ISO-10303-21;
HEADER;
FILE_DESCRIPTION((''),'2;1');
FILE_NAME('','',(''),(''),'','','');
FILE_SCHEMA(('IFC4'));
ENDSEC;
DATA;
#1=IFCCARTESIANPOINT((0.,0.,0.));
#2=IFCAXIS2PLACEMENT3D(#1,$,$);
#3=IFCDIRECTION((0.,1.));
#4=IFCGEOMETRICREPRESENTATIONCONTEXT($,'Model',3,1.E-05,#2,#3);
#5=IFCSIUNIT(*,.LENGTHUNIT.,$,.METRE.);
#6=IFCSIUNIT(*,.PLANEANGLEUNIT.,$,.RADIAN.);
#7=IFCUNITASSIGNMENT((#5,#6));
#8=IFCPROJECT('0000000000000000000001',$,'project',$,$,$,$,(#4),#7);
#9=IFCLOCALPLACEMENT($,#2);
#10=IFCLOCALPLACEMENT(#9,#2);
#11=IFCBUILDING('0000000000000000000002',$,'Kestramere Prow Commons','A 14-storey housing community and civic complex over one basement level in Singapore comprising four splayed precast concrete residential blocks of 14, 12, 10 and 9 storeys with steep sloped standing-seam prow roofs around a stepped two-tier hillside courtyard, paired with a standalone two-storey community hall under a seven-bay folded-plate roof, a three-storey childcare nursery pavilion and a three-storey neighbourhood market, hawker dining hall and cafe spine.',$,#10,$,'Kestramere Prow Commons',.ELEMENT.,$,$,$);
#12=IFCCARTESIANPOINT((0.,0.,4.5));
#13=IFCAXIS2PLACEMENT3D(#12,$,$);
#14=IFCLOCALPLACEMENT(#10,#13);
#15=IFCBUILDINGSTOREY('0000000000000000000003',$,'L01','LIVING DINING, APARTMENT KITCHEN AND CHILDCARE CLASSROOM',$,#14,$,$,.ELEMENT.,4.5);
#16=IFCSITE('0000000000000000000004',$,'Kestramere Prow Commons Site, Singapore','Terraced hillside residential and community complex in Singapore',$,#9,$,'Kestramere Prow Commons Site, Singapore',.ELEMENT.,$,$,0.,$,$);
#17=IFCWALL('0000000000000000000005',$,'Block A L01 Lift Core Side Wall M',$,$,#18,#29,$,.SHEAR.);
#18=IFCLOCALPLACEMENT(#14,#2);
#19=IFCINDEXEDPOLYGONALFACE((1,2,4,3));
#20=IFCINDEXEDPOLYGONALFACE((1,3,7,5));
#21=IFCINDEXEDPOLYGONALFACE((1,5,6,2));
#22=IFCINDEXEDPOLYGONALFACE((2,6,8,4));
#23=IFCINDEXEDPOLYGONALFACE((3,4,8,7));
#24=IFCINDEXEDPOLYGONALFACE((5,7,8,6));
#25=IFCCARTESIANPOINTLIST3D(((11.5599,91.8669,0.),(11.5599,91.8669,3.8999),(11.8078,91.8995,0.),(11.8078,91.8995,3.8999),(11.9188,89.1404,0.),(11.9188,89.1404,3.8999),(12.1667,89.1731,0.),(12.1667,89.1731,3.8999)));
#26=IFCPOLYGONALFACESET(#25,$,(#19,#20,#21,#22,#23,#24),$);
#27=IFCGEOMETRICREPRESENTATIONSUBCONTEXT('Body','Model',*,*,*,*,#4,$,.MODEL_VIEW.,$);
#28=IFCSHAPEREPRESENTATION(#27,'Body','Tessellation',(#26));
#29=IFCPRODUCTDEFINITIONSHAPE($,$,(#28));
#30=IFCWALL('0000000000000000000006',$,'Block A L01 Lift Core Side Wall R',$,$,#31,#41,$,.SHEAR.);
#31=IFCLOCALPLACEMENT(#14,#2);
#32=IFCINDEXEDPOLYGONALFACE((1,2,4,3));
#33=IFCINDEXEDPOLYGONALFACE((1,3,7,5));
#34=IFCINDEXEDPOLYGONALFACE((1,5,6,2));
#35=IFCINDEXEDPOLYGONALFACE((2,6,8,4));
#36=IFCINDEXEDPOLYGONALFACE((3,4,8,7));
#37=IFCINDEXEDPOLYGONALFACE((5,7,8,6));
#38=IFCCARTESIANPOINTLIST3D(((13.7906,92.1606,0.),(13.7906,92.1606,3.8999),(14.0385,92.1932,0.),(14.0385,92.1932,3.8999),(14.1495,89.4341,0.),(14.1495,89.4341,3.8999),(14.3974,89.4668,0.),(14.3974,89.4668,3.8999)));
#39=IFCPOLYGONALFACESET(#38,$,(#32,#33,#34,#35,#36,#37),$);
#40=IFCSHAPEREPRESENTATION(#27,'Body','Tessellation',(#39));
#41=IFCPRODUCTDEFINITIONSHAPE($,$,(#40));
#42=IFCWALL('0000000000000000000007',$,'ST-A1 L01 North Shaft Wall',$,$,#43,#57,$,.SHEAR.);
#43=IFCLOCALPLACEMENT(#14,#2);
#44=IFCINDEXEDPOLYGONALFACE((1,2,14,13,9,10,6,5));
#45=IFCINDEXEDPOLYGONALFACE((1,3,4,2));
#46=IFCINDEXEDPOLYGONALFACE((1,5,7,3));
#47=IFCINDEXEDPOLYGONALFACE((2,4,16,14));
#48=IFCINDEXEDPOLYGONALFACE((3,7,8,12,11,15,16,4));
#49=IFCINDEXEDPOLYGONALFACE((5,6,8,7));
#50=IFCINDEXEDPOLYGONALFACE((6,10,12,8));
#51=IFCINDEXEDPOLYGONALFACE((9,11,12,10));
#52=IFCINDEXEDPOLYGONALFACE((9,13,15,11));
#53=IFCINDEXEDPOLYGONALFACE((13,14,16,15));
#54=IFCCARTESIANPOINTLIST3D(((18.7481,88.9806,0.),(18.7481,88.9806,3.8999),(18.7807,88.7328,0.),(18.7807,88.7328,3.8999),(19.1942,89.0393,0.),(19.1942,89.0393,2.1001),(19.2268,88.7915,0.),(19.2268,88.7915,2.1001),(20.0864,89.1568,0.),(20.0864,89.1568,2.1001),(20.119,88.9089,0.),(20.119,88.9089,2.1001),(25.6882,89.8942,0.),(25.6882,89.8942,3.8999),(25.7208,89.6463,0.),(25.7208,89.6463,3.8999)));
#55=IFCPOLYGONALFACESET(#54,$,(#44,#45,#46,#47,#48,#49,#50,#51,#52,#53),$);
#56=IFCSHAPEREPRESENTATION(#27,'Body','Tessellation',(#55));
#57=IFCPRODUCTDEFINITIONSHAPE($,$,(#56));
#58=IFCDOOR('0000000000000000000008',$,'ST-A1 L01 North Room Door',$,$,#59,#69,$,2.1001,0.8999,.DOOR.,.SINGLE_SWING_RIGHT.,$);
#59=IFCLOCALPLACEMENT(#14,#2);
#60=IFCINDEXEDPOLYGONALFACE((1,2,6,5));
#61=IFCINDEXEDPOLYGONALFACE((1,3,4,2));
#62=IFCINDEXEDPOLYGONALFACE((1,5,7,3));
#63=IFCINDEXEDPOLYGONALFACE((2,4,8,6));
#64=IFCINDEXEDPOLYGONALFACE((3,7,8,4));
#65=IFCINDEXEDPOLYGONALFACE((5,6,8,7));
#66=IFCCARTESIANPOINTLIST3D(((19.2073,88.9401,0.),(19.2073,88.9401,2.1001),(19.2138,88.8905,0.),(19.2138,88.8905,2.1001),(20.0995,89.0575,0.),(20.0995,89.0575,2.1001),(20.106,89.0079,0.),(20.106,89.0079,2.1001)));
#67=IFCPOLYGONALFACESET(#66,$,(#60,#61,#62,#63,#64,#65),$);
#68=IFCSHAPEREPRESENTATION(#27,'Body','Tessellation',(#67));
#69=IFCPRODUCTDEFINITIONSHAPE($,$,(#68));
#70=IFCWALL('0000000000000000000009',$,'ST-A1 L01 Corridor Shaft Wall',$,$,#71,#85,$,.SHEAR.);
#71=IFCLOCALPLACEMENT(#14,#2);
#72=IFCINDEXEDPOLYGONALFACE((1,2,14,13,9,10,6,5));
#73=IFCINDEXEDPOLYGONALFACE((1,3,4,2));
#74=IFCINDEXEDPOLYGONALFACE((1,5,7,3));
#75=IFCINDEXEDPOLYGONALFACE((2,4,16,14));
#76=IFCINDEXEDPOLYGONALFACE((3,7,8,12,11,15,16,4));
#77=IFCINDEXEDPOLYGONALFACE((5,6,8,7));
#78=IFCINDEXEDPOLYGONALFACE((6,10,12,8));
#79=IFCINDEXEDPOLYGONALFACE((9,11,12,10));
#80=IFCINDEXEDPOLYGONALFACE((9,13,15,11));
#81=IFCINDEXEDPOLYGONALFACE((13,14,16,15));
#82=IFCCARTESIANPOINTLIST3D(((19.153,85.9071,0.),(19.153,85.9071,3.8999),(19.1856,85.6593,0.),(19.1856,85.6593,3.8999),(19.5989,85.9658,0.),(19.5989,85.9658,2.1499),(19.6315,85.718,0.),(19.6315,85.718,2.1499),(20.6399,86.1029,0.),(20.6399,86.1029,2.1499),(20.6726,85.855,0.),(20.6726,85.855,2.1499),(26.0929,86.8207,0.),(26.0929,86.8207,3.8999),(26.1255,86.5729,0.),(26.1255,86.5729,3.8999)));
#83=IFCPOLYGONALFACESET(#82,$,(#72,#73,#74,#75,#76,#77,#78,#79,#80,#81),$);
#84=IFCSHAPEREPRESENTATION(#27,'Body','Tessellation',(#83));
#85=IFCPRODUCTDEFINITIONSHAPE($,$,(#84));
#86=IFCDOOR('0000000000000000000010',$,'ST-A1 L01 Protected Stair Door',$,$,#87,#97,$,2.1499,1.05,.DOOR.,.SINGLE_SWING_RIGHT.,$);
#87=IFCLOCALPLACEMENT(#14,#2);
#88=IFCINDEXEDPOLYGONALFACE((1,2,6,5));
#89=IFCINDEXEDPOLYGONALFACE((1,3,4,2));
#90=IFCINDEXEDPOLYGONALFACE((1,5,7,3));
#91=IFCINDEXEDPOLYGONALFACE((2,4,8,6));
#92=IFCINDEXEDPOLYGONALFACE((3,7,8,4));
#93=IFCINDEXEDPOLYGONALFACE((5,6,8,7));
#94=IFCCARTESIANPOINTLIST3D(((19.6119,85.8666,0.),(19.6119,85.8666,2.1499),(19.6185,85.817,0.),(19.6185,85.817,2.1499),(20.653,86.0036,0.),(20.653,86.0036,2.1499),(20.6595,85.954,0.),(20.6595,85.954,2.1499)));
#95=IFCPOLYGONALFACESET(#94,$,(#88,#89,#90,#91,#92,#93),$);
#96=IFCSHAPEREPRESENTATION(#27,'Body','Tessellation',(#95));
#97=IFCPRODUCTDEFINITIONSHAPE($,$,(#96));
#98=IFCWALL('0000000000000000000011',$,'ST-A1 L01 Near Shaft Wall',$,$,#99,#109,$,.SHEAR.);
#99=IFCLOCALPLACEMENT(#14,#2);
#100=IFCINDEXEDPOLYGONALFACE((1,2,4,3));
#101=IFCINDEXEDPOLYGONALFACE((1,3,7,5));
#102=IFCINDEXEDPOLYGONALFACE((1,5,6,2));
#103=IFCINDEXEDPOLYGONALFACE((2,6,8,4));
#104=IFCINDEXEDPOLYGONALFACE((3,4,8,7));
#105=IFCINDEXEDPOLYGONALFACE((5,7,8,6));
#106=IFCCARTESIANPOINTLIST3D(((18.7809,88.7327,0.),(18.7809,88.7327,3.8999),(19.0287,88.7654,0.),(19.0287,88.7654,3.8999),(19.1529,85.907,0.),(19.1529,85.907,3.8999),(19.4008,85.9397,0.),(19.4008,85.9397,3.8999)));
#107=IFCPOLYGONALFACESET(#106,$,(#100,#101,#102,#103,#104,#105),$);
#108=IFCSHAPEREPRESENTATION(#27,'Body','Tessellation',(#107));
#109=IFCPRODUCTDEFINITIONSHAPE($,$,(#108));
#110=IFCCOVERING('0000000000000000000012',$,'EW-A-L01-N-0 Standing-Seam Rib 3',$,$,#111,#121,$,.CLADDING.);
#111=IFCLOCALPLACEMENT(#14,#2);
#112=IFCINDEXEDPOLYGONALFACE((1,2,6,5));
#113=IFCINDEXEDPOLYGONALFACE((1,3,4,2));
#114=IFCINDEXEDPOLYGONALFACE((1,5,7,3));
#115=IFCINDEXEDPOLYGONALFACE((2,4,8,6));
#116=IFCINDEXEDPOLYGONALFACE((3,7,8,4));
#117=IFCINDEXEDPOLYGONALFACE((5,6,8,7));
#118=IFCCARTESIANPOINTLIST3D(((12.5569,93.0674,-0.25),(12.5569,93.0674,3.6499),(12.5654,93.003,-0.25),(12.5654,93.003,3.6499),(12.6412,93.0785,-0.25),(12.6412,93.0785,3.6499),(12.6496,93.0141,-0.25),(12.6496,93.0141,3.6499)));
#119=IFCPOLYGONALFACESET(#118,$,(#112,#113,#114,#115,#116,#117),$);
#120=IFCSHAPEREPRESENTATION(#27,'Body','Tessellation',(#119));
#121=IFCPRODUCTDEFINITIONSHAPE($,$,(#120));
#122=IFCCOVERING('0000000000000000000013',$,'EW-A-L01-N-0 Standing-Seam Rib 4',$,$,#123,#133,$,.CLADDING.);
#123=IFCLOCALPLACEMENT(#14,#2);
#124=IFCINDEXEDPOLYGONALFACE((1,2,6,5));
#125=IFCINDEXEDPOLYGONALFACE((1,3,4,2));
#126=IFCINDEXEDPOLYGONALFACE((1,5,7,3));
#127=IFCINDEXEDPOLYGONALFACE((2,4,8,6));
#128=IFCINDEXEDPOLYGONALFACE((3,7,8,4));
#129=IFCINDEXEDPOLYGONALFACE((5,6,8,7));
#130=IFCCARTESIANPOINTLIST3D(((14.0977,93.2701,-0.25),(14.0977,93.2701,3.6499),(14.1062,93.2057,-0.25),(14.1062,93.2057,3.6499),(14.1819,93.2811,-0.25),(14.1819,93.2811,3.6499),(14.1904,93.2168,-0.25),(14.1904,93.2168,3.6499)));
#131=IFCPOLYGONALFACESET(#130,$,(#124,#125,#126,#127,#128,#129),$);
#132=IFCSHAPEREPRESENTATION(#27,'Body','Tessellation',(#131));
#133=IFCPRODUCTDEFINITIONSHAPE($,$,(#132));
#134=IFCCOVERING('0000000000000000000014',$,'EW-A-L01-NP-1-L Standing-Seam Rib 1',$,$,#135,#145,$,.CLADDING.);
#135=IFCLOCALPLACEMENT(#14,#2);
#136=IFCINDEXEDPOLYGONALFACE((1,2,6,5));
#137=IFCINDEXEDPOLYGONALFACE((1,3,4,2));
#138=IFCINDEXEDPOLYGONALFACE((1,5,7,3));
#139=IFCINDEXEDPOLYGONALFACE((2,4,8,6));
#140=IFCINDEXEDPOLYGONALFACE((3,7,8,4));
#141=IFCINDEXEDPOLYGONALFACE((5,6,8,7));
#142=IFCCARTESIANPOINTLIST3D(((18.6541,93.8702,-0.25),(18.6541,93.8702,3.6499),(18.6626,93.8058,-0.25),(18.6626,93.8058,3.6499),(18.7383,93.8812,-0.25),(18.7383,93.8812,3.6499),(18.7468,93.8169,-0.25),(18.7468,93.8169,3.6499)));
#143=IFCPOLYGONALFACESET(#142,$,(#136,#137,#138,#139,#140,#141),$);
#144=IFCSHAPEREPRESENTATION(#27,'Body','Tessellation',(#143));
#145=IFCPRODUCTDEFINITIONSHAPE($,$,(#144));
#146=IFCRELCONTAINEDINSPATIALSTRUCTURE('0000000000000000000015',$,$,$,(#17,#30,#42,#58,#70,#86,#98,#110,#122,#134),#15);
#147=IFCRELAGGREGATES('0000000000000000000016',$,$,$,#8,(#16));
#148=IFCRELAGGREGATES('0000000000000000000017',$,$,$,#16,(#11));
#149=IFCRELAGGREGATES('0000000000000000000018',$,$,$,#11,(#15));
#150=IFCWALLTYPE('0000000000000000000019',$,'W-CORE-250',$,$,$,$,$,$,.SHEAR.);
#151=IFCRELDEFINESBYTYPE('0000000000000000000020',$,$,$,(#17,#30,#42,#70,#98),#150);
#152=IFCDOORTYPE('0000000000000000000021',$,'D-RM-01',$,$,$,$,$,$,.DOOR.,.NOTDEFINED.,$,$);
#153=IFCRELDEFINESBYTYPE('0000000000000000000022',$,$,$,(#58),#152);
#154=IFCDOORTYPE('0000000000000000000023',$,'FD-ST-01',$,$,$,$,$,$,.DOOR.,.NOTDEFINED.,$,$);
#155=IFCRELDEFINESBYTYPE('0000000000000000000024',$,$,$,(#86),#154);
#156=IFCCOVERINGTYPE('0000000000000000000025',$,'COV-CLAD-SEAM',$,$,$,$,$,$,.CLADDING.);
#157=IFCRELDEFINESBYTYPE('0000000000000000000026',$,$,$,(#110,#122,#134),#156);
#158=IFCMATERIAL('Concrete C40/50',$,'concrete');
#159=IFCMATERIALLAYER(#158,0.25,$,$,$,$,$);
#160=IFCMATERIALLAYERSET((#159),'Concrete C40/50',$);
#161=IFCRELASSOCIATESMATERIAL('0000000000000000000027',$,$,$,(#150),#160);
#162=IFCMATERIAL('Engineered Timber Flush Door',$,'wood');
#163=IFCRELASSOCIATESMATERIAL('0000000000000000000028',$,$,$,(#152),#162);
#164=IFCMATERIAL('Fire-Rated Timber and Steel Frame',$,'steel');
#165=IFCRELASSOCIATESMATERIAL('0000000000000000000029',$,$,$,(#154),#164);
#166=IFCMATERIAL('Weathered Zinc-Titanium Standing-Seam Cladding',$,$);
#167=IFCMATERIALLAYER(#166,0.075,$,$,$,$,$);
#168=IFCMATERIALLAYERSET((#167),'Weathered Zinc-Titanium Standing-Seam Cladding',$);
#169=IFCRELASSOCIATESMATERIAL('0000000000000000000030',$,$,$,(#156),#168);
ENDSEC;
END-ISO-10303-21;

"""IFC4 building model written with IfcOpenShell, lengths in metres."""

from ifc_helpers import new_model, si_unit, direction, frame, frame_2d, origin, origin_2d, place, context, subcontext, project, spatial, rectangle, extrude, material, layer, layer_set, type_object, element, fill, save


model = new_model("IFC4")

# Units and contexts
model_context = context("Model", 3, precision=1e-05, world=origin(), true_north=direction((0.0, 1.0)))
body_context = subcontext(model_context, "Body", "Model", "MODEL_VIEW")
ifc_project = project(units=[si_unit("LENGTHUNIT", "METRE"), si_unit("PLANEANGLEUNIT", "RADIAN")], contexts=[model_context])

# Site, building, storey
site_placement = place(None, origin())
site = spatial("IfcSite", under=ifc_project, at=site_placement, Name="Kestramere Prow Commons Site, Singapore", Description="Terraced hillside residential and community complex in Singapore", LongName="Kestramere Prow Commons Site, Singapore", CompositionType="ELEMENT", RefElevation=0.0)
building_placement = place(site_placement, origin())
building = spatial("IfcBuilding", under=site, at=building_placement, Name="Kestramere Prow Commons", Description="A 14-storey housing community and civic complex over one basement level in Singapore comprising four splayed precast concrete residential blocks of 14, 12, 10 and 9 storeys with steep sloped standing-seam prow roofs around a stepped two-tier hillside courtyard, paired with a standalone two-storey community hall under a seven-bay folded-plate roof, a three-storey childcare nursery pavilion and a three-storey neighbourhood market, hawker dining hall and cafe spine.", LongName="Kestramere Prow Commons", CompositionType="ELEMENT")
storey_placement = place(building_placement, frame((0.0, 0.0, 4.5)))
storey = spatial("IfcBuildingStorey", under=building, at=storey_placement, Name="L01", Description="LIVING DINING, APARTMENT KITCHEN AND CHILDCARE CLASSROOM", CompositionType="ELEMENT", Elevation=4.5)

# Shared definitions
ifc_material_1 = material(Name="Concrete C40/50", Category="concrete")
ifc_layer_1 = layer(ifc_material_1, 0.25)
ifc_layer_set_1 = layer_set([ifc_layer_1], Name="Concrete C40/50")
wall_type_1 = type_object("IfcWallType", Name="W-CORE-250", PredefinedType="SHEAR", material=ifc_layer_set_1)

# Walls
for number, where, z_axis, x_axis, name in (
    (1, (12.0427, 89.1567, 0.0), (0.0, 0.0, 1.0), (-0.1305, 0.991448, 0.0), "Block A L01 Lift Core Side Wall M"),
    (2, (14.2734, 89.4504, 0.0), (0.0, 0.0, 1.0), (-0.1305, 0.991448, 0.0), "Block A L01 Lift Core Side Wall R"),
):
    element("IfcWall", number, at=place(storey_placement, frame(where, z_axis=z_axis, x_axis=x_axis)), inside=storey, type_object=wall_type_1, Name=name, PredefinedType="SHEAR", context=body_context, shape_type="SweptSolid", body=[
        extrude(rectangle(XDim=2.75, YDim=0.25, at=frame_2d((1.375, 0.0))), origin(), (0.0, 0.0, 1.0), 3.8999),
    ])

# Walls, openings, doors
wall_1_placement = place(storey_placement, frame((18.7644, 88.8567, 0.0), z_axis=(0.0, 0.0, 1.0), x_axis=(0.991447, 0.13051, 0.0)))
wall_1 = element("IfcWall", 3, at=wall_1_placement, inside=storey, type_object=wall_type_1, Name="ST-A1 L01 North Shaft Wall", PredefinedType="SHEAR", context=body_context, shape_type="SweptSolid", body=[
    extrude(rectangle(XDim=7.0, YDim=0.25, at=frame_2d((3.5, 0.0))), origin(), (0.0, 0.0, 1.0), 3.8999),
])
opening_1_placement = place(wall_1_placement, frame((0.45, 0.0, 0.0)))
opening_1 = element("IfcOpeningElement", 4, at=opening_1_placement, cuts=wall_1, PredefinedType="OPENING", context=body_context, shape_type="SweptSolid", body=[
    extrude(rectangle(XDim=0.8999, YDim=2.1001, at=frame_2d((0.45, 1.05))), frame((0.0, 0.1399, 0.0), z_axis=(0.0, -1.0, 0.0), x_axis=(1.0, 0.0, 0.0)), (0.0, 0.0, 1.0), 0.28),
])
ifc_material_2 = material(Name="Engineered Timber Flush Door", Category="wood")
door_type_1 = type_object("IfcDoorType", Name="D-RM-01", OperationType="NOTDEFINED", PredefinedType="DOOR", material=ifc_material_2)
door_1_placement = place(opening_1_placement, origin())
door_1 = element("IfcDoor", 5, at=door_1_placement, inside=storey, type_object=door_type_1, Name="ST-A1 L01 North Room Door", OperationType="SINGLE_SWING_RIGHT", OverallHeight=2.1001, OverallWidth=0.8999, PredefinedType="DOOR", context=body_context, shape_type="SweptSolid", body=[
    extrude(rectangle(XDim=0.8999, YDim=2.1001, at=frame_2d((0.45, 1.05))), frame((0.0, 0.0249, 0.0), z_axis=(0.0, -1.0, 0.0), x_axis=(1.0, 0.0, 0.0)), (0.0, 0.0, 1.0), 0.05),
])
fill(opening_1, door_1)
wall_2_placement = place(storey_placement, frame((19.1692, 85.7832, 0.0), z_axis=(0.0, 0.0, 1.0), x_axis=(0.991446, 0.130514, 0.0)))
wall_2 = element("IfcWall", 6, at=wall_2_placement, inside=storey, type_object=wall_type_1, Name="ST-A1 L01 Corridor Shaft Wall", PredefinedType="SHEAR", context=body_context, shape_type="SweptSolid", body=[
    extrude(rectangle(XDim=6.9998, YDim=0.25, at=frame_2d((3.5, 0.0))), origin(), (0.0, 0.0, 1.0), 3.8999),
])
opening_2_placement = place(wall_2_placement, frame((0.45, 0.0, 0.0)))
opening_2 = element("IfcOpeningElement", 7, at=opening_2_placement, cuts=wall_2, PredefinedType="OPENING", context=body_context, shape_type="SweptSolid", body=[
    extrude(rectangle(XDim=1.05, YDim=2.1499, at=frame_2d((0.5249, 1.075))), frame((0.0, 0.1399, 0.0), z_axis=(0.0, -1.0, 0.0), x_axis=(1.0, 0.0, 0.0)), (0.0, 0.0, 1.0), 0.28),
])
ifc_material_3 = material(Name="Fire-Rated Timber and Steel Frame", Category="steel")
door_type_2 = type_object("IfcDoorType", Name="FD-ST-01", OperationType="NOTDEFINED", PredefinedType="DOOR", material=ifc_material_3)
door_2_placement = place(opening_2_placement, origin())
door_2 = element("IfcDoor", 8, at=door_2_placement, inside=storey, type_object=door_type_2, Name="ST-A1 L01 Protected Stair Door", OperationType="SINGLE_SWING_RIGHT", OverallHeight=2.1499, OverallWidth=1.05, PredefinedType="DOOR", context=body_context, shape_type="SweptSolid", body=[
    extrude(rectangle(XDim=1.05, YDim=2.1499, at=frame_2d((0.5249, 1.075))), frame((0.0, 0.0249, 0.0), z_axis=(0.0, -1.0, 0.0), x_axis=(1.0, 0.0, 0.0)), (0.0, 0.0, 1.0), 0.05),
])
fill(opening_2, door_2)

# Wall
wall_3_placement = place(storey_placement, frame((19.2769, 85.9233, 0.0), z_axis=(0.0, 0.0, 1.0), x_axis=(-0.130548, 0.991442, 0.0)))
element("IfcWall", 9, at=wall_3_placement, inside=storey, type_object=wall_type_1, Name="ST-A1 L01 Near Shaft Wall", PredefinedType="SHEAR", context=body_context, shape_type="SweptSolid", body=[
    extrude(rectangle(XDim=2.8501, YDim=0.25, at=frame_2d((1.425, 0.0))), origin(), (0.0, 0.0, 1.0), 3.8999),
])

# Coverings
ifc_material_4 = material(Name="Weathered Zinc-Titanium Standing-Seam Cladding")
ifc_layer_2 = layer(ifc_material_4, 0.075)
ifc_layer_set_2 = layer_set([ifc_layer_2], Name="Weathered Zinc-Titanium Standing-Seam Cladding")
covering_type = type_object("IfcCoveringType", Name="COV-CLAD-SEAM", PredefinedType="CLADDING", material=ifc_layer_set_2)
for number, where, z_axis, x_axis, name in (
    (10, (12.6033, 93.0408, -0.25), (0.0, 0.0, 1.0), (0.991445, 0.130526, 0.0), "EW-A-L01-N-0 Standing-Seam Rib 3"),
    (11, (14.144, 93.2434, -0.25), (0.0, 0.0, 1.0), (0.991445, 0.130526, 0.0), "EW-A-L01-N-0 Standing-Seam Rib 4"),
    (12, (18.7004, 93.8435, -0.25), (0.0, 0.0, 1.0), (0.991445, 0.130526, 0.0), "EW-A-L01-NP-1-L Standing-Seam Rib 1"),
):
    element("IfcCovering", number, at=place(storey_placement, frame(where, z_axis=z_axis, x_axis=x_axis)), inside=storey, type_object=covering_type, Name=name, PredefinedType="CLADDING", context=body_context, shape_type="SweptSolid", body=[
        extrude(rectangle(XDim=0.085, YDim=0.0649, at=origin_2d()), origin(), (0.0, 0.0, 1.0), 3.8999),
    ])

save(model, "model.ifc")
